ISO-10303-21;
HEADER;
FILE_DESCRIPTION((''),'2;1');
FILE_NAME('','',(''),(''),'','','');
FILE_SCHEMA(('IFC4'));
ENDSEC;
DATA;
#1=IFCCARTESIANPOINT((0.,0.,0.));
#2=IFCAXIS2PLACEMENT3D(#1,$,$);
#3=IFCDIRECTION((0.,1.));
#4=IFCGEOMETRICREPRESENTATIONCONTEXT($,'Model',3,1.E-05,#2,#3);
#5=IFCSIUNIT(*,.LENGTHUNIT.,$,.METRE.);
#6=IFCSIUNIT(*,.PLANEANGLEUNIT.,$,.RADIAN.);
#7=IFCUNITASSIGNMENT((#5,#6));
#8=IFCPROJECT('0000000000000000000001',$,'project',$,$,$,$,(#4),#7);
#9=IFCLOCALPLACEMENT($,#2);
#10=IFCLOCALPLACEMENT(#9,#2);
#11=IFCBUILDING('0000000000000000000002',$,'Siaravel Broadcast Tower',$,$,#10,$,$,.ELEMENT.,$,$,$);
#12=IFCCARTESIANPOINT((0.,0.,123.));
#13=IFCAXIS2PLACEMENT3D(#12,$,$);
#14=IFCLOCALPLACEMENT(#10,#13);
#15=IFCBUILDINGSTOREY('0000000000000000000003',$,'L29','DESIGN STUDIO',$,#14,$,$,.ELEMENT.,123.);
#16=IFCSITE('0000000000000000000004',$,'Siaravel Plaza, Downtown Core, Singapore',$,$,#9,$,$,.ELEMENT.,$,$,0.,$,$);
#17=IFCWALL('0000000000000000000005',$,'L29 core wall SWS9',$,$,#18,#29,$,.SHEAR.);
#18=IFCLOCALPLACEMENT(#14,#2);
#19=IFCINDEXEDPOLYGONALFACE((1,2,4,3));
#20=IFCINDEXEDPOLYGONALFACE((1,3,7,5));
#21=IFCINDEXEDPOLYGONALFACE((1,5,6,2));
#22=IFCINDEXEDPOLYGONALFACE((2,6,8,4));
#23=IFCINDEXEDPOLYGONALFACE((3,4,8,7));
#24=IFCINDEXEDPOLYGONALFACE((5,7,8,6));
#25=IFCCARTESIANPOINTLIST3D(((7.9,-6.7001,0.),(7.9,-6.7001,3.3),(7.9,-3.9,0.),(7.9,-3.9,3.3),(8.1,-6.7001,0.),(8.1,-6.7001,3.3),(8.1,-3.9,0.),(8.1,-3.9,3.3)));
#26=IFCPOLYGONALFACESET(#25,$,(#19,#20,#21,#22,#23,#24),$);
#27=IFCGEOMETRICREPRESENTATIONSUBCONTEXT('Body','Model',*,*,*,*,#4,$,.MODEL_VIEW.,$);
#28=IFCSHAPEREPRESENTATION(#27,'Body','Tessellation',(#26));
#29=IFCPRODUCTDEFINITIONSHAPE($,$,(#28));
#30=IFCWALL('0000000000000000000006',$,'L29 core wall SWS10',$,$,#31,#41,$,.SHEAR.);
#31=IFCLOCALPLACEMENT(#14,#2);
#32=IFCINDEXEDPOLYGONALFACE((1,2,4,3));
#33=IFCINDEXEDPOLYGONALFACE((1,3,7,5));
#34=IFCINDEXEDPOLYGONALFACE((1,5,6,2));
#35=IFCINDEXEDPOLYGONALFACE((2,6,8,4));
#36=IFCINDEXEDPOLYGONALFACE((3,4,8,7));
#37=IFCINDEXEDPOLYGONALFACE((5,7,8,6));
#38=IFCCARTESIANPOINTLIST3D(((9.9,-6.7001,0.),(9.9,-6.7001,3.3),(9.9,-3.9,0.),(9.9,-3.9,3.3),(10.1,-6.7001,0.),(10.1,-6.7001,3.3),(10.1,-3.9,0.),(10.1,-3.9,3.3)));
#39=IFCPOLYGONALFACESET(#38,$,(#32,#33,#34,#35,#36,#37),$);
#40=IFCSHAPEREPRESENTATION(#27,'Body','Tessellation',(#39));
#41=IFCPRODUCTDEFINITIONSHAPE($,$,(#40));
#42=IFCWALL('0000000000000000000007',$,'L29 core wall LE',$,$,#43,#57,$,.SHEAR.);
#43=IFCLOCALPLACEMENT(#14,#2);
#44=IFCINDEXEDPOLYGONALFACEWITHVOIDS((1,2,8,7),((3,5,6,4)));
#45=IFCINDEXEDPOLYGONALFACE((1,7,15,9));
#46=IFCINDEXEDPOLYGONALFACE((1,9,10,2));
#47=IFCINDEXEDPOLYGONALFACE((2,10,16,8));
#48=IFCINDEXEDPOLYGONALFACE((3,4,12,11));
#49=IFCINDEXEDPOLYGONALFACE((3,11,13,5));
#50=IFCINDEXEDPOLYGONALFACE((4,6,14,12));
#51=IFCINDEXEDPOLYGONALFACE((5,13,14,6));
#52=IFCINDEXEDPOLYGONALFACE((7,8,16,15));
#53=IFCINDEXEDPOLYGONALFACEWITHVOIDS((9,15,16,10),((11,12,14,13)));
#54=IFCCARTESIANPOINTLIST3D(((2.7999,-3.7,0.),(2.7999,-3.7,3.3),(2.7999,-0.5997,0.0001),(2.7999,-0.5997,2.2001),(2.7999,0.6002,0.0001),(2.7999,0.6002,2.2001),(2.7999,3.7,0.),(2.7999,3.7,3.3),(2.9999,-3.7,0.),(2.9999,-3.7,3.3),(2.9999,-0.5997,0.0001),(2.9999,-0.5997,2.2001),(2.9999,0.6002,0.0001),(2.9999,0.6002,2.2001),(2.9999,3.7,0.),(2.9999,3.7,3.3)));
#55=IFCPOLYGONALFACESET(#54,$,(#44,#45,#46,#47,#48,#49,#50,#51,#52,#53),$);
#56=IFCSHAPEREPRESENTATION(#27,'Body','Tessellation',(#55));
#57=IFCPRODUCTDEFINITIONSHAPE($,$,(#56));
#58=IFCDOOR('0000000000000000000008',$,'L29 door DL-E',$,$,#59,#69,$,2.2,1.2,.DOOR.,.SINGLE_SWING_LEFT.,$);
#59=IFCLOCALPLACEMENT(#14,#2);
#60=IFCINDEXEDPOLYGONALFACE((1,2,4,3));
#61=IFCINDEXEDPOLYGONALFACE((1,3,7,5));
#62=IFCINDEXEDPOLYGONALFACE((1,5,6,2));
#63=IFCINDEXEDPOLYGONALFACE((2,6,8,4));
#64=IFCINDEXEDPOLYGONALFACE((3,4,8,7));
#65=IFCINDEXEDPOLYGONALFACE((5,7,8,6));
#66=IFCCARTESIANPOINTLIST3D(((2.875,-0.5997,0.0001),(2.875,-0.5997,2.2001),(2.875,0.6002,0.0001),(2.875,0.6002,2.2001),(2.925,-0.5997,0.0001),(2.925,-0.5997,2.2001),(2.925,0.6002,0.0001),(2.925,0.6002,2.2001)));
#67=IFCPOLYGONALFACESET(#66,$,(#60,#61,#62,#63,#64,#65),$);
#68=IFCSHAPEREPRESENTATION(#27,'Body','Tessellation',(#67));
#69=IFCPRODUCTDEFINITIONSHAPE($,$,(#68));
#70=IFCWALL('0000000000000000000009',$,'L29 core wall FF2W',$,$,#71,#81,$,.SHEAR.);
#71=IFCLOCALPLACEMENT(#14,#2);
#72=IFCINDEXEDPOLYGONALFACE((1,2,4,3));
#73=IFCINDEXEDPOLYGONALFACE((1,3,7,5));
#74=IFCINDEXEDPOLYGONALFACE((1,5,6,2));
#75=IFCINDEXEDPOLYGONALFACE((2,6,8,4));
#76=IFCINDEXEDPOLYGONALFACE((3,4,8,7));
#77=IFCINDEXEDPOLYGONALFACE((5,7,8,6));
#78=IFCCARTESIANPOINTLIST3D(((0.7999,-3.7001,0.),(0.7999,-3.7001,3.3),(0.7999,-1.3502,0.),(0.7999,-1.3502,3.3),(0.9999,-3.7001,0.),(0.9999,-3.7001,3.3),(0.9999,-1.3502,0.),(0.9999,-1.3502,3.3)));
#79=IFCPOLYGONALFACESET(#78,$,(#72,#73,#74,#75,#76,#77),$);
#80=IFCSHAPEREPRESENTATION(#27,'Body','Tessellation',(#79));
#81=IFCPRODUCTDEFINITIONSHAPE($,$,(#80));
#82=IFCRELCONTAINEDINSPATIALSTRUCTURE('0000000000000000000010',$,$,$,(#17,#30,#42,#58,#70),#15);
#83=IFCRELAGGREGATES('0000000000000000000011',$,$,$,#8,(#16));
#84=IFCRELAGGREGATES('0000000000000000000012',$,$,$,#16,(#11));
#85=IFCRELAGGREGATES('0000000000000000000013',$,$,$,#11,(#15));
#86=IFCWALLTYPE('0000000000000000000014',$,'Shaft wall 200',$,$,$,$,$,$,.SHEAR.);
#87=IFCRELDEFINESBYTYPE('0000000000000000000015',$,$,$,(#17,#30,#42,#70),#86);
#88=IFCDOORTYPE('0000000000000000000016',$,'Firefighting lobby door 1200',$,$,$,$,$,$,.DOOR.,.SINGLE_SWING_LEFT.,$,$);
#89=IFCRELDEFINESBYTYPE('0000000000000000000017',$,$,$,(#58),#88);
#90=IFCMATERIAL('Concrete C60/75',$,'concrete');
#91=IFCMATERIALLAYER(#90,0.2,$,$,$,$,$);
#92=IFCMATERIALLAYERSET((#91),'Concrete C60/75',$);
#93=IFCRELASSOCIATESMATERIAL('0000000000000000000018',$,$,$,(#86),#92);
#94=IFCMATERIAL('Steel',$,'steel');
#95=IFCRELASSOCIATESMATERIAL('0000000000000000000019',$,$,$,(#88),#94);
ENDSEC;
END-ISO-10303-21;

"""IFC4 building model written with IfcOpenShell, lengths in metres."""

from ifc_helpers import new_model, si_unit, direction, frame, frame_2d, origin, place, context, subcontext, project, spatial, rectangle, extrude, material, layer, layer_set, type_object, element, fill, save


model = new_model("IFC4")

# Units and contexts
model_context = context("Model", 3, precision=1e-05, world=origin(), true_north=direction((0.0, 1.0)))
body_context = subcontext(model_context, "Body", "Model", "MODEL_VIEW")
ifc_project = project(units=[si_unit("LENGTHUNIT", "METRE"), si_unit("PLANEANGLEUNIT", "RADIAN")], contexts=[model_context])

# Site, building, storey
site_placement = place(None, origin())
site = spatial("IfcSite", under=ifc_project, at=site_placement, Name="Siaravel Plaza, Downtown Core, Singapore", CompositionType="ELEMENT", RefElevation=0.0)
building_placement = place(site_placement, origin())
building = spatial("IfcBuilding", under=site, at=building_placement, Name="Siaravel Broadcast Tower", CompositionType="ELEMENT")
storey_placement = place(building_placement, frame((0.0, 0.0, 123.0)))
storey = spatial("IfcBuildingStorey", under=building, at=storey_placement, Name="L29", Description="DESIGN STUDIO", CompositionType="ELEMENT", Elevation=123.0)

# Shared definitions
ifc_material_1 = material(Name="Concrete C60/75", Category="concrete")
ifc_material_2 = material(Name="Steel", Category="steel")

# Walls
ifc_layer_1 = layer(ifc_material_1, 0.2)
ifc_layer_set_1 = layer_set([ifc_layer_1], Name="Concrete C60/75")
wall_type_1 = type_object("IfcWallType", Name="Shaft wall 200", PredefinedType="SHEAR", material=ifc_layer_set_1)
for number, where, z_axis, x_axis, name in (
    (1, (8.0, -6.7, 0.0), (0.0, 0.0, 1.0), (0.0, 1.0, 0.0), "L29 core wall SWS9"),
    (2, (10.0, -6.7, 0.0), (0.0, 0.0, 1.0), (0.0, 1.0, 0.0), "L29 core wall SWS10"),
):
    element("IfcWall", number, at=place(storey_placement, frame(where, z_axis=z_axis, x_axis=x_axis)), inside=storey, type_object=wall_type_1, Name=name, PredefinedType="SHEAR", context=body_context, shape_type="SweptSolid", body=[
        extrude(rectangle(XDim=2.8, YDim=0.2, at=frame_2d((1.3999, 0.0))), origin(), (0.0, 0.0, 1.0), 3.3),
    ])

# Wall, opening, door
wall_1_placement = place(storey_placement, frame((2.8999, -3.7, 0.0), z_axis=(0.0, 0.0, 1.0), x_axis=(0.0, 1.0, 0.0)))
wall_1 = element("IfcWall", 3, at=wall_1_placement, inside=storey, type_object=wall_type_1, Name="L29 core wall LE", PredefinedType="SHEAR", context=body_context, shape_type="SweptSolid", body=[
    extrude(rectangle(XDim=7.3999, YDim=0.2, at=frame_2d((3.7, 0.0))), origin(), (0.0, 0.0, 1.0), 3.3),
])
opening_1_placement = place(wall_1_placement, frame((3.1001, 0.0, 0.0)))
opening_1 = element("IfcOpeningElement", 4, at=opening_1_placement, cuts=wall_1, PredefinedType="OPENING", context=body_context, shape_type="SweptSolid", body=[
    extrude(rectangle(XDim=1.2, YDim=2.2, at=frame_2d((0.6001, 1.1001))), frame((0.0, 0.1099, 0.0), z_axis=(0.0, -1.0, 0.0), x_axis=(1.0, 0.0, 0.0)), (0.0, 0.0, 1.0), 0.22),
])
door_type_1 = type_object("IfcDoorType", Name="Firefighting lobby door 1200", OperationType="SINGLE_SWING_LEFT", PredefinedType="DOOR", material=ifc_material_2)
door_1_placement = place(opening_1_placement, origin())
door_1 = element("IfcDoor", 5, at=door_1_placement, inside=storey, type_object=door_type_1, Name="L29 door DL-E", OperationType="SINGLE_SWING_LEFT", OverallHeight=2.2, OverallWidth=1.2, PredefinedType="DOOR", context=body_context, shape_type="SweptSolid", body=[
    extrude(rectangle(XDim=1.2, YDim=2.2, at=frame_2d((0.6001, 1.1001))), frame((0.0, 0.0249, 0.0), z_axis=(0.0, -1.0, 0.0), x_axis=(1.0, 0.0, 0.0)), (0.0, 0.0, 1.0), 0.05),
])
fill(opening_1, door_1)

# Wall
wall_2_placement = place(storey_placement, frame((0.8999, -3.7, 0.0), z_axis=(0.0, 0.0, 1.0), x_axis=(0.0, 1.0, 0.0)))
element("IfcWall", 6, at=wall_2_placement, inside=storey, type_object=wall_type_1, Name="L29 core wall FF2W", PredefinedType="SHEAR", context=body_context, shape_type="SweptSolid", body=[
    extrude(rectangle(XDim=2.3499, YDim=0.2, at=frame_2d((1.1748, 0.0))), origin(), (0.0, 0.0, 1.0), 3.3),
])

save(model, "model.ifc")
